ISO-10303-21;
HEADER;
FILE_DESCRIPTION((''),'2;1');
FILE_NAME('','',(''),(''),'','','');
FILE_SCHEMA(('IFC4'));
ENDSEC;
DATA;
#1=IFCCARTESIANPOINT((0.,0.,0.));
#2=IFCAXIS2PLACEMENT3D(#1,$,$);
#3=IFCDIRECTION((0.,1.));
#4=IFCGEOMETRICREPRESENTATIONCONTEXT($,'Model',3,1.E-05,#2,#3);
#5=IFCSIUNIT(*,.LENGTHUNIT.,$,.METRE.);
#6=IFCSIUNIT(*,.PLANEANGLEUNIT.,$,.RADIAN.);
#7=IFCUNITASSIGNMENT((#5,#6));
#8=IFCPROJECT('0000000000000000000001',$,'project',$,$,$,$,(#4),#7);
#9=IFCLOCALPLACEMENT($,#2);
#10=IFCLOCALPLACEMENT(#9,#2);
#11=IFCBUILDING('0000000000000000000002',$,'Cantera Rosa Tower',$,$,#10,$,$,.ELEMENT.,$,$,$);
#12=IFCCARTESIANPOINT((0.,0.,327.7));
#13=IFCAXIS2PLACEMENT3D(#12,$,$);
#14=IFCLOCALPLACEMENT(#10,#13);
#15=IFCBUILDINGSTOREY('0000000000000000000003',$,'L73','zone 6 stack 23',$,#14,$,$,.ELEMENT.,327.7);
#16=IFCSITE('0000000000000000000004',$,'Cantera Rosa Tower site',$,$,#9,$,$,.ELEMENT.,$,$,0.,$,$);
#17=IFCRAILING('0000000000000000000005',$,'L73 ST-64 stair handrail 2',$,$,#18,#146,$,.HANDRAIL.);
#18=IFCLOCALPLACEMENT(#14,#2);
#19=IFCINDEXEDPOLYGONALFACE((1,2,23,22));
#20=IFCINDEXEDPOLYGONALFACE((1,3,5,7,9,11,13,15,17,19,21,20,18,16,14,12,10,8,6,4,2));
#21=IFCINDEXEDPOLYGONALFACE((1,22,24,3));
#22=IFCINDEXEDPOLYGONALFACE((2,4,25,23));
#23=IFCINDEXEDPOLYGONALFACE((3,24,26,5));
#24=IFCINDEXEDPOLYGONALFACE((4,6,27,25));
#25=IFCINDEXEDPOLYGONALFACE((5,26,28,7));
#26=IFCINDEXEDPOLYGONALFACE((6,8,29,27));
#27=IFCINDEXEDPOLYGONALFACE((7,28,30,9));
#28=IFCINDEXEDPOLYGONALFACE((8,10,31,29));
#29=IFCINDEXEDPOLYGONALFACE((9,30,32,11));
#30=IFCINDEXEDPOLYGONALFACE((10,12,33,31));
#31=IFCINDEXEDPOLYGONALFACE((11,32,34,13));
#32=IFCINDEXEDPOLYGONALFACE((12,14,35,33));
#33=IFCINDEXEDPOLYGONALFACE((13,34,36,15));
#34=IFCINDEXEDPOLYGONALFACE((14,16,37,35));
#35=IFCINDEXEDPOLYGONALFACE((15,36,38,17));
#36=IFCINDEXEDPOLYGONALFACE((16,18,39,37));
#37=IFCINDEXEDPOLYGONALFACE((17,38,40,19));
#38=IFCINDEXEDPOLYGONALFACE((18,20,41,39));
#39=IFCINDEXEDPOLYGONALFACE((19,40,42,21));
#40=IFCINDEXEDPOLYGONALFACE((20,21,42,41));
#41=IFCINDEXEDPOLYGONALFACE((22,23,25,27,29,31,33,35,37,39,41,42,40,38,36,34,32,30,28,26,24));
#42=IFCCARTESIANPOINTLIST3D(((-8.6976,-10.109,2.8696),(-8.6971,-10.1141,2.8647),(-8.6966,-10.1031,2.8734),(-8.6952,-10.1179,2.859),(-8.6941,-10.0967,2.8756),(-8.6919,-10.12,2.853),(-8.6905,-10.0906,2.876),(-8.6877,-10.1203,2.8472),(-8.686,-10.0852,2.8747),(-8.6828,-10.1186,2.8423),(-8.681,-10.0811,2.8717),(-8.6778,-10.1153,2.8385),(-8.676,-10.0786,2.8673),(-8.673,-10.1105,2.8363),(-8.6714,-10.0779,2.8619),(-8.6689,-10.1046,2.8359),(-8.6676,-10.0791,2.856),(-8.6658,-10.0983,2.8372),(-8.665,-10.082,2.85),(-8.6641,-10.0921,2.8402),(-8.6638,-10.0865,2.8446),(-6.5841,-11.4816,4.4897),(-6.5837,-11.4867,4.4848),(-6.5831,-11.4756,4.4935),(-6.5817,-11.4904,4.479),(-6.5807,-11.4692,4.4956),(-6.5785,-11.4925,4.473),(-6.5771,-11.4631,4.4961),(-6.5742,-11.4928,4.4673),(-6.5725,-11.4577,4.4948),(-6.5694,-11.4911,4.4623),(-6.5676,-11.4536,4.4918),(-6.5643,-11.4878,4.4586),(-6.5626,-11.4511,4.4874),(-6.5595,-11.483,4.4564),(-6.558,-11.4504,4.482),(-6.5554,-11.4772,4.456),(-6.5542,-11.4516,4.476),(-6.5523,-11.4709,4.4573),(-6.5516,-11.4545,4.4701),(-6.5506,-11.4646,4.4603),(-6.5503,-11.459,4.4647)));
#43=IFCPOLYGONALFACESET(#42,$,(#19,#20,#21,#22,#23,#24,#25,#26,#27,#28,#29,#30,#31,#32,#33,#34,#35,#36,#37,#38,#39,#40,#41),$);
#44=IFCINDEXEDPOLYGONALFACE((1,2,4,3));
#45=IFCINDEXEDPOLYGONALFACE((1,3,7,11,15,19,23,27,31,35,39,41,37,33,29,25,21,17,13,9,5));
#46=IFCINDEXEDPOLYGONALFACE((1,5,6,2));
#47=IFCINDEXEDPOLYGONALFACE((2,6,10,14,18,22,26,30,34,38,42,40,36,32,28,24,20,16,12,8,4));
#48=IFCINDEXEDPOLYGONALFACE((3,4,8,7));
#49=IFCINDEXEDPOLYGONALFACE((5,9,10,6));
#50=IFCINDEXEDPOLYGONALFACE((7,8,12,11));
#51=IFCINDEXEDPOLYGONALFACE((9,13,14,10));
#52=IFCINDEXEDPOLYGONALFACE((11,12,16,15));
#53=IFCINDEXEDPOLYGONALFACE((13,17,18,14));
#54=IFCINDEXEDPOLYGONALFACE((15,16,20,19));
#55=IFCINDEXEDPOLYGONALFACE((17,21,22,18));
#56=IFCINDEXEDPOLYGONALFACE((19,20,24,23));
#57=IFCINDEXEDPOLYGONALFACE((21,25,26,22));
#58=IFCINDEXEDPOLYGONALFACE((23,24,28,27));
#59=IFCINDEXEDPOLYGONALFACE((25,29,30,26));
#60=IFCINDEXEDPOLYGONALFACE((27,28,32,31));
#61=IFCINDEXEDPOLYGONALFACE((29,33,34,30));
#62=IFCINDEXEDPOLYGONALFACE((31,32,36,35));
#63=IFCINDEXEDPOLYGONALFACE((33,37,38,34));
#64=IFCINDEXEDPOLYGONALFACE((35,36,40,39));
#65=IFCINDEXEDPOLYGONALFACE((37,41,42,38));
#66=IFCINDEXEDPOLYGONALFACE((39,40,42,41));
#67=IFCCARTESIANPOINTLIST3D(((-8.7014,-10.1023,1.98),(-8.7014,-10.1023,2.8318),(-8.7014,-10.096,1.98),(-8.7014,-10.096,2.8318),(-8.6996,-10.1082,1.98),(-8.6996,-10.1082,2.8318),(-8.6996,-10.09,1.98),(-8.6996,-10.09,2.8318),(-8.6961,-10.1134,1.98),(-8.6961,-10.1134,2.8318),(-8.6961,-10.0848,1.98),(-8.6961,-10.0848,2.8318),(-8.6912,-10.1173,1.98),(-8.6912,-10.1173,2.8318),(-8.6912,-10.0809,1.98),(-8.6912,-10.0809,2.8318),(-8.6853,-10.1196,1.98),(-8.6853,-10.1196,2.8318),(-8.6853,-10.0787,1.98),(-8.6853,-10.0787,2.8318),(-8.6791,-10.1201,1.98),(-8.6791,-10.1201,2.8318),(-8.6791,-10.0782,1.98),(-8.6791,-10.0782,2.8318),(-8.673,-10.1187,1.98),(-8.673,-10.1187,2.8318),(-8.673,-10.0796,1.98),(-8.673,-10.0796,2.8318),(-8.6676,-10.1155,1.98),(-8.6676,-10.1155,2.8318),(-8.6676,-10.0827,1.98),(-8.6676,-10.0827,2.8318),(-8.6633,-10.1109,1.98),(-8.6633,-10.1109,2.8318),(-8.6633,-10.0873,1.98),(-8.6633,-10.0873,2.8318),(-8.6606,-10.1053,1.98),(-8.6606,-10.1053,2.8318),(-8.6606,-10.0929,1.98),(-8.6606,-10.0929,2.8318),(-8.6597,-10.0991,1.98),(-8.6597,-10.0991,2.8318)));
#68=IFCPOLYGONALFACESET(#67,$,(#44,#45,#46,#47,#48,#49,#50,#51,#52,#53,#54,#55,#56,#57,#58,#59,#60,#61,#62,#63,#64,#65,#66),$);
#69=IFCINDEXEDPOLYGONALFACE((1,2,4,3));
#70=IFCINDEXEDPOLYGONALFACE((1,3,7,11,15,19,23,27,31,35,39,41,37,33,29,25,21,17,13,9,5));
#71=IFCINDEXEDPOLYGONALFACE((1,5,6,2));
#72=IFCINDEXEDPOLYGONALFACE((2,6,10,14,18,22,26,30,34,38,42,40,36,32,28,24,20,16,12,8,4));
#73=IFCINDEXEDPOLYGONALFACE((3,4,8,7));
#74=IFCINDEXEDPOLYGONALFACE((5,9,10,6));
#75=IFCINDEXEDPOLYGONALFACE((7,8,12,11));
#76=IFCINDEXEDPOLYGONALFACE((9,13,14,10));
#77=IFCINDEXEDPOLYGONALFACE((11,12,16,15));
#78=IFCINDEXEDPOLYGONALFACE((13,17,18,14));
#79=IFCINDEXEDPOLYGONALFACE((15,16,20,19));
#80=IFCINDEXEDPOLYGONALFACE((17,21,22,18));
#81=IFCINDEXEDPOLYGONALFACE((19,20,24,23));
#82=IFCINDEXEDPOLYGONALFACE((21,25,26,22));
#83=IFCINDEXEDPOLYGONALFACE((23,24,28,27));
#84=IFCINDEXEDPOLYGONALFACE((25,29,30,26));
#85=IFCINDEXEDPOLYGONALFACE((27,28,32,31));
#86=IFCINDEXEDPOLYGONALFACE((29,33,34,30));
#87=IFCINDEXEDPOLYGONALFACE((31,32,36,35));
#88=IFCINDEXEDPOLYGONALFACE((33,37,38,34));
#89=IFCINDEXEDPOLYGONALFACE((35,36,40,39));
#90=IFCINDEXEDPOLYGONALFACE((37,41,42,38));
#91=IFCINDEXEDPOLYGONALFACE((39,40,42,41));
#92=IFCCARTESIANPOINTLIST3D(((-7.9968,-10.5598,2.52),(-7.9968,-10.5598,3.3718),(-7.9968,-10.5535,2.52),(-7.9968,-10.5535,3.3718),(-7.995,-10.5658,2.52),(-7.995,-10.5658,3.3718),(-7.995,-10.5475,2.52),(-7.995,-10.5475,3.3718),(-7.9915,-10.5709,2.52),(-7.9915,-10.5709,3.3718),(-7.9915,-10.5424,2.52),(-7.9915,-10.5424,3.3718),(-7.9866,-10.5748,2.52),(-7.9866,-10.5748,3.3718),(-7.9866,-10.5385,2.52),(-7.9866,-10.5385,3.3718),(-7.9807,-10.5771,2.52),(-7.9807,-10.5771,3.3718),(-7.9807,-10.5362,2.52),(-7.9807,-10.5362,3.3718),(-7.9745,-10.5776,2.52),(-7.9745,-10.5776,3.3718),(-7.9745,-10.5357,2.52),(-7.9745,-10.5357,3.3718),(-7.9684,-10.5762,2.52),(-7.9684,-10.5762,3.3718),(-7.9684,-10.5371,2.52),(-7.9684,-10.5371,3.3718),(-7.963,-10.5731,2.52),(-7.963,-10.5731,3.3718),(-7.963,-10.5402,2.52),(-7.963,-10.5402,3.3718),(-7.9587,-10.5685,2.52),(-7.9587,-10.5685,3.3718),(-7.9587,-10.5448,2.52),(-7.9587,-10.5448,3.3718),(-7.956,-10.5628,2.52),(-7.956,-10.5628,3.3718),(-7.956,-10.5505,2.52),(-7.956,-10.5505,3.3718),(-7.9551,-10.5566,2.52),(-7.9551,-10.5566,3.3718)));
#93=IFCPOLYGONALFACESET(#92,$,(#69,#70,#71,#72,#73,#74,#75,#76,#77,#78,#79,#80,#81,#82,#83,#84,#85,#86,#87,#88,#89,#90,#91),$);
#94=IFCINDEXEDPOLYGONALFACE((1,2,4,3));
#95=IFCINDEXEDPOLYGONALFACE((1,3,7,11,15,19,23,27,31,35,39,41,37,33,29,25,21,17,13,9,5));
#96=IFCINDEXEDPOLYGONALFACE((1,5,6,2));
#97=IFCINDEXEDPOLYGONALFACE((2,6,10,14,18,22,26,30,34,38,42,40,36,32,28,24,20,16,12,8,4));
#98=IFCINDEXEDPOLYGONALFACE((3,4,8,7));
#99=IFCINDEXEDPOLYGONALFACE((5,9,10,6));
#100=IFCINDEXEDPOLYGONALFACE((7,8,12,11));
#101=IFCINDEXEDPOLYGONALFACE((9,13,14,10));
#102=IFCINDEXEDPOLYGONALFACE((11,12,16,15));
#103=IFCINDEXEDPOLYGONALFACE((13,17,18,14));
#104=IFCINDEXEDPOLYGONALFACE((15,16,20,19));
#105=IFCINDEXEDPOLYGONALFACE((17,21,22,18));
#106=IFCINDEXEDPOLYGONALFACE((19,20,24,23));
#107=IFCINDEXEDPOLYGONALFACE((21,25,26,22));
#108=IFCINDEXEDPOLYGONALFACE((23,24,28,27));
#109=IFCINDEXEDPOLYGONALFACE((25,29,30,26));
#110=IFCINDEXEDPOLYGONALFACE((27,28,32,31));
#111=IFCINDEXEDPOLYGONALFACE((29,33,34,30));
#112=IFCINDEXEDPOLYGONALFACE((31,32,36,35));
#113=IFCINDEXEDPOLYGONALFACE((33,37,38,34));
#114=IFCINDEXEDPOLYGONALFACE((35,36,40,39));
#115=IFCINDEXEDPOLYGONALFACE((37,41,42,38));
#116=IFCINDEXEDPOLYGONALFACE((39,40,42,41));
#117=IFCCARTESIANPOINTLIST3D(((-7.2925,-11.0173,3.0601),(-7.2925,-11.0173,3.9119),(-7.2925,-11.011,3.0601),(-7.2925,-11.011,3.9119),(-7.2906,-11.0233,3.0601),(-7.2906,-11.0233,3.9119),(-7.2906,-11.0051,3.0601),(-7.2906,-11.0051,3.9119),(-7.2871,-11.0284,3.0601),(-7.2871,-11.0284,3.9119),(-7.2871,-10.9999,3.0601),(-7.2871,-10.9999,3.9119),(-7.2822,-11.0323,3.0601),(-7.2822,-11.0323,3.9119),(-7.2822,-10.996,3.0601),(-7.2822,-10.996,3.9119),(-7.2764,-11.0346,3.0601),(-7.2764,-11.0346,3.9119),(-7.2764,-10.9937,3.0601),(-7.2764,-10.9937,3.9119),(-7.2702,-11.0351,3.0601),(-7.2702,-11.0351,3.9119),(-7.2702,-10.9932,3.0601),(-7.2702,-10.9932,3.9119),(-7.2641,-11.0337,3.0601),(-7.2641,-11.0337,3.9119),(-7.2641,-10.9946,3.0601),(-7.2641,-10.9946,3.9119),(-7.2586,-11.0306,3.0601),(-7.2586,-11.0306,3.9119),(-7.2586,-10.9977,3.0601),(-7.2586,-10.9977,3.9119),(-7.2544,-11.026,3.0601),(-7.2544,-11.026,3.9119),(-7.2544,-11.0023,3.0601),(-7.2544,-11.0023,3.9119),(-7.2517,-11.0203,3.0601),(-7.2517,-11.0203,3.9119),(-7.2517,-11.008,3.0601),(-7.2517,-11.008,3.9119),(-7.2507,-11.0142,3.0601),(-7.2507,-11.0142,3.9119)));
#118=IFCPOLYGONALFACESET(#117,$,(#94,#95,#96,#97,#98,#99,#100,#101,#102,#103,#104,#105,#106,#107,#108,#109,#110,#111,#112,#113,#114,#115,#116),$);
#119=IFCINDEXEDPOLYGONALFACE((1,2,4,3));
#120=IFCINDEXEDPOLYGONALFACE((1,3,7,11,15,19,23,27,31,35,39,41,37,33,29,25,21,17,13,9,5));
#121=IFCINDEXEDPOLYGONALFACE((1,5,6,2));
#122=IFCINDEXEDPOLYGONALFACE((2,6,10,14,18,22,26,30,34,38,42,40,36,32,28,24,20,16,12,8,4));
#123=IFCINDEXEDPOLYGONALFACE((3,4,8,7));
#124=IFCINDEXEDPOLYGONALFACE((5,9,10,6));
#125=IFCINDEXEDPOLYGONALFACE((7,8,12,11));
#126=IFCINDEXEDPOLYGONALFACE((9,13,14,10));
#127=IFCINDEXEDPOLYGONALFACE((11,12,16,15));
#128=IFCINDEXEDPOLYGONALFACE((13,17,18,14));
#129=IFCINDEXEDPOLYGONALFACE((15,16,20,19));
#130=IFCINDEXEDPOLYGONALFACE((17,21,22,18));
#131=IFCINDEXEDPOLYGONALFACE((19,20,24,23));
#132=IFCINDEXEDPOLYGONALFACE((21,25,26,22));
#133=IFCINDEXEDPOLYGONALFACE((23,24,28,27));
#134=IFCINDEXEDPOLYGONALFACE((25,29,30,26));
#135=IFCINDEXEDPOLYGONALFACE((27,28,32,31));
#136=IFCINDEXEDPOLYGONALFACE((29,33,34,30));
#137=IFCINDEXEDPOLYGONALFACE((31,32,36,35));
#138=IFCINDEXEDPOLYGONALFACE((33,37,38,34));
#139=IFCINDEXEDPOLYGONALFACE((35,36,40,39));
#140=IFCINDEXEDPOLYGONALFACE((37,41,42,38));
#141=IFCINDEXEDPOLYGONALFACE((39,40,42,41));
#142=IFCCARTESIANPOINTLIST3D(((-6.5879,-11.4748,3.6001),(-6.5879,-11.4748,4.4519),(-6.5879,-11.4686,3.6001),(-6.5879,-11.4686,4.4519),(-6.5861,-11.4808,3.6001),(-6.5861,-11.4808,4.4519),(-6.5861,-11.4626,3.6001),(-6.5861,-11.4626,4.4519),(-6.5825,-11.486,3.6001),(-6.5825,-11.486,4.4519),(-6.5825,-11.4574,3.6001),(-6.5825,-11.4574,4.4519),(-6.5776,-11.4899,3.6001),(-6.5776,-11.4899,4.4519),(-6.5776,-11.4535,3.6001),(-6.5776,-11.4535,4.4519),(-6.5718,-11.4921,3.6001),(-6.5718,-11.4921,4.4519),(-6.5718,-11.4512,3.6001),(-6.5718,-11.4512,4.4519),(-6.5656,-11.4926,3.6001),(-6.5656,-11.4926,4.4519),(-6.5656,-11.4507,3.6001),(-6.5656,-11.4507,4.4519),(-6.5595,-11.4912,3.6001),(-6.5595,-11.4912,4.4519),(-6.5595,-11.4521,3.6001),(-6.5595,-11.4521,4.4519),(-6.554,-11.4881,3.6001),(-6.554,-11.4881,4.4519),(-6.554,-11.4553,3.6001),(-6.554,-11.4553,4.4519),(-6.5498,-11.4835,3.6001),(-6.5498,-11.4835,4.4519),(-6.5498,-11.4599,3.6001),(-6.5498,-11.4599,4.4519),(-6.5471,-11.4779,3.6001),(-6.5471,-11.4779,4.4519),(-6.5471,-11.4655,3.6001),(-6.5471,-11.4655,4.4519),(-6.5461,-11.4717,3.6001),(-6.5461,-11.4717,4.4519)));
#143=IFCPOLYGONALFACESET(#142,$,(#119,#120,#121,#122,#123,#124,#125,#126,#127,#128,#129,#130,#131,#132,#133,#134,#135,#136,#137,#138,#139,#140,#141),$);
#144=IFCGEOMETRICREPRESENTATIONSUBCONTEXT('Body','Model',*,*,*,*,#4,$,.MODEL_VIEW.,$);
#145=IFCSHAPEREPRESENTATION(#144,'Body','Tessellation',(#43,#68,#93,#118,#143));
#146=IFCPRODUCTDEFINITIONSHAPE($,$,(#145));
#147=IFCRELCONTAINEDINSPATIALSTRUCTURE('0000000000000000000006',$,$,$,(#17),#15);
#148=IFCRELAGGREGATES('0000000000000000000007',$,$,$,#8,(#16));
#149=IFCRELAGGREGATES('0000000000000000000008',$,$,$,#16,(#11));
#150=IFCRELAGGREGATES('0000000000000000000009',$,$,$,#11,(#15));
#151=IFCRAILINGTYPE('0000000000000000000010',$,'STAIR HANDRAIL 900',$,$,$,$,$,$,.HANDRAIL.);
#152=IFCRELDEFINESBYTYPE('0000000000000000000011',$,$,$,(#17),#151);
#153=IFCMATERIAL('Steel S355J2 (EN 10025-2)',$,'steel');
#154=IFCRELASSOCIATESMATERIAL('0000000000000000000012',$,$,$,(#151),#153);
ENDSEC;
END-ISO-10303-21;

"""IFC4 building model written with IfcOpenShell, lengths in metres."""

from ifc_helpers import new_model, si_unit, direction, frame, origin, origin_2d, place, context, subcontext, project, spatial, circle, extrude, material, type_object, element, save


model = new_model("IFC4")

# Units and contexts
model_context = context("Model", 3, precision=1e-05, world=origin(), true_north=direction((0.0, 1.0)))
body_context = subcontext(model_context, "Body", "Model", "MODEL_VIEW")
ifc_project = project(units=[si_unit("LENGTHUNIT", "METRE"), si_unit("PLANEANGLEUNIT", "RADIAN")], contexts=[model_context])

# Site, building, storey
site_placement = place(None, origin())
site = spatial("IfcSite", under=ifc_project, at=site_placement, Name="Cantera Rosa Tower site", CompositionType="ELEMENT", RefElevation=0.0)
building_placement = place(site_placement, origin())
building = spatial("IfcBuilding", under=site, at=building_placement, Name="Cantera Rosa Tower", CompositionType="ELEMENT")
storey_placement = place(building_placement, frame((0.0, 0.0, 327.7)))
storey = spatial("IfcBuildingStorey", under=building, at=storey_placement, Name="L73", Description="zone 6 stack 23", CompositionType="ELEMENT", Elevation=327.7)

# Railing
ifc_material_1 = material(Name="Steel S355J2 (EN 10025-2)", Category="steel")
railing_type_1 = type_object("IfcRailingType", Name="STAIR HANDRAIL 900", PredefinedType="HANDRAIL", material=ifc_material_1)
railing_1_placement = place(storey_placement, frame((-8.6807, -10.0991, 1.98)))
element("IfcRailing", 1, at=railing_1_placement, inside=storey, type_object=railing_type_1, Name="L73 ST-64 stair handrail 2", PredefinedType="HANDRAIL", context=body_context, shape_type="SweptSolid", body=[
    extrude(circle(Radius=0.0239, at=origin_2d()), frame((0.0, 0.0, 0.876), z_axis=(0.705462, -0.458139, 0.54077), x_axis=(0.544644, 0.838667, 0.0)), (0.0, 0.0, 1.0), 2.9958),
    extrude(circle(Radius=0.021, at=origin_2d()), origin(), (0.0, 0.0, 1.0), 0.8518),
    extrude(circle(Radius=0.021, at=origin_2d()), frame((0.7046, -0.4575, 0.54)), (0.0, 0.0, 1.0), 0.8518),
    extrude(circle(Radius=0.021, at=origin_2d()), frame((1.4089, -0.915, 1.0801)), (0.0, 0.0, 1.0), 0.8518),
    extrude(circle(Radius=0.021, at=origin_2d()), frame((2.1135, -1.3726, 1.6201)), (0.0, 0.0, 1.0), 0.8518),
])

save(model, "model.ifc")
